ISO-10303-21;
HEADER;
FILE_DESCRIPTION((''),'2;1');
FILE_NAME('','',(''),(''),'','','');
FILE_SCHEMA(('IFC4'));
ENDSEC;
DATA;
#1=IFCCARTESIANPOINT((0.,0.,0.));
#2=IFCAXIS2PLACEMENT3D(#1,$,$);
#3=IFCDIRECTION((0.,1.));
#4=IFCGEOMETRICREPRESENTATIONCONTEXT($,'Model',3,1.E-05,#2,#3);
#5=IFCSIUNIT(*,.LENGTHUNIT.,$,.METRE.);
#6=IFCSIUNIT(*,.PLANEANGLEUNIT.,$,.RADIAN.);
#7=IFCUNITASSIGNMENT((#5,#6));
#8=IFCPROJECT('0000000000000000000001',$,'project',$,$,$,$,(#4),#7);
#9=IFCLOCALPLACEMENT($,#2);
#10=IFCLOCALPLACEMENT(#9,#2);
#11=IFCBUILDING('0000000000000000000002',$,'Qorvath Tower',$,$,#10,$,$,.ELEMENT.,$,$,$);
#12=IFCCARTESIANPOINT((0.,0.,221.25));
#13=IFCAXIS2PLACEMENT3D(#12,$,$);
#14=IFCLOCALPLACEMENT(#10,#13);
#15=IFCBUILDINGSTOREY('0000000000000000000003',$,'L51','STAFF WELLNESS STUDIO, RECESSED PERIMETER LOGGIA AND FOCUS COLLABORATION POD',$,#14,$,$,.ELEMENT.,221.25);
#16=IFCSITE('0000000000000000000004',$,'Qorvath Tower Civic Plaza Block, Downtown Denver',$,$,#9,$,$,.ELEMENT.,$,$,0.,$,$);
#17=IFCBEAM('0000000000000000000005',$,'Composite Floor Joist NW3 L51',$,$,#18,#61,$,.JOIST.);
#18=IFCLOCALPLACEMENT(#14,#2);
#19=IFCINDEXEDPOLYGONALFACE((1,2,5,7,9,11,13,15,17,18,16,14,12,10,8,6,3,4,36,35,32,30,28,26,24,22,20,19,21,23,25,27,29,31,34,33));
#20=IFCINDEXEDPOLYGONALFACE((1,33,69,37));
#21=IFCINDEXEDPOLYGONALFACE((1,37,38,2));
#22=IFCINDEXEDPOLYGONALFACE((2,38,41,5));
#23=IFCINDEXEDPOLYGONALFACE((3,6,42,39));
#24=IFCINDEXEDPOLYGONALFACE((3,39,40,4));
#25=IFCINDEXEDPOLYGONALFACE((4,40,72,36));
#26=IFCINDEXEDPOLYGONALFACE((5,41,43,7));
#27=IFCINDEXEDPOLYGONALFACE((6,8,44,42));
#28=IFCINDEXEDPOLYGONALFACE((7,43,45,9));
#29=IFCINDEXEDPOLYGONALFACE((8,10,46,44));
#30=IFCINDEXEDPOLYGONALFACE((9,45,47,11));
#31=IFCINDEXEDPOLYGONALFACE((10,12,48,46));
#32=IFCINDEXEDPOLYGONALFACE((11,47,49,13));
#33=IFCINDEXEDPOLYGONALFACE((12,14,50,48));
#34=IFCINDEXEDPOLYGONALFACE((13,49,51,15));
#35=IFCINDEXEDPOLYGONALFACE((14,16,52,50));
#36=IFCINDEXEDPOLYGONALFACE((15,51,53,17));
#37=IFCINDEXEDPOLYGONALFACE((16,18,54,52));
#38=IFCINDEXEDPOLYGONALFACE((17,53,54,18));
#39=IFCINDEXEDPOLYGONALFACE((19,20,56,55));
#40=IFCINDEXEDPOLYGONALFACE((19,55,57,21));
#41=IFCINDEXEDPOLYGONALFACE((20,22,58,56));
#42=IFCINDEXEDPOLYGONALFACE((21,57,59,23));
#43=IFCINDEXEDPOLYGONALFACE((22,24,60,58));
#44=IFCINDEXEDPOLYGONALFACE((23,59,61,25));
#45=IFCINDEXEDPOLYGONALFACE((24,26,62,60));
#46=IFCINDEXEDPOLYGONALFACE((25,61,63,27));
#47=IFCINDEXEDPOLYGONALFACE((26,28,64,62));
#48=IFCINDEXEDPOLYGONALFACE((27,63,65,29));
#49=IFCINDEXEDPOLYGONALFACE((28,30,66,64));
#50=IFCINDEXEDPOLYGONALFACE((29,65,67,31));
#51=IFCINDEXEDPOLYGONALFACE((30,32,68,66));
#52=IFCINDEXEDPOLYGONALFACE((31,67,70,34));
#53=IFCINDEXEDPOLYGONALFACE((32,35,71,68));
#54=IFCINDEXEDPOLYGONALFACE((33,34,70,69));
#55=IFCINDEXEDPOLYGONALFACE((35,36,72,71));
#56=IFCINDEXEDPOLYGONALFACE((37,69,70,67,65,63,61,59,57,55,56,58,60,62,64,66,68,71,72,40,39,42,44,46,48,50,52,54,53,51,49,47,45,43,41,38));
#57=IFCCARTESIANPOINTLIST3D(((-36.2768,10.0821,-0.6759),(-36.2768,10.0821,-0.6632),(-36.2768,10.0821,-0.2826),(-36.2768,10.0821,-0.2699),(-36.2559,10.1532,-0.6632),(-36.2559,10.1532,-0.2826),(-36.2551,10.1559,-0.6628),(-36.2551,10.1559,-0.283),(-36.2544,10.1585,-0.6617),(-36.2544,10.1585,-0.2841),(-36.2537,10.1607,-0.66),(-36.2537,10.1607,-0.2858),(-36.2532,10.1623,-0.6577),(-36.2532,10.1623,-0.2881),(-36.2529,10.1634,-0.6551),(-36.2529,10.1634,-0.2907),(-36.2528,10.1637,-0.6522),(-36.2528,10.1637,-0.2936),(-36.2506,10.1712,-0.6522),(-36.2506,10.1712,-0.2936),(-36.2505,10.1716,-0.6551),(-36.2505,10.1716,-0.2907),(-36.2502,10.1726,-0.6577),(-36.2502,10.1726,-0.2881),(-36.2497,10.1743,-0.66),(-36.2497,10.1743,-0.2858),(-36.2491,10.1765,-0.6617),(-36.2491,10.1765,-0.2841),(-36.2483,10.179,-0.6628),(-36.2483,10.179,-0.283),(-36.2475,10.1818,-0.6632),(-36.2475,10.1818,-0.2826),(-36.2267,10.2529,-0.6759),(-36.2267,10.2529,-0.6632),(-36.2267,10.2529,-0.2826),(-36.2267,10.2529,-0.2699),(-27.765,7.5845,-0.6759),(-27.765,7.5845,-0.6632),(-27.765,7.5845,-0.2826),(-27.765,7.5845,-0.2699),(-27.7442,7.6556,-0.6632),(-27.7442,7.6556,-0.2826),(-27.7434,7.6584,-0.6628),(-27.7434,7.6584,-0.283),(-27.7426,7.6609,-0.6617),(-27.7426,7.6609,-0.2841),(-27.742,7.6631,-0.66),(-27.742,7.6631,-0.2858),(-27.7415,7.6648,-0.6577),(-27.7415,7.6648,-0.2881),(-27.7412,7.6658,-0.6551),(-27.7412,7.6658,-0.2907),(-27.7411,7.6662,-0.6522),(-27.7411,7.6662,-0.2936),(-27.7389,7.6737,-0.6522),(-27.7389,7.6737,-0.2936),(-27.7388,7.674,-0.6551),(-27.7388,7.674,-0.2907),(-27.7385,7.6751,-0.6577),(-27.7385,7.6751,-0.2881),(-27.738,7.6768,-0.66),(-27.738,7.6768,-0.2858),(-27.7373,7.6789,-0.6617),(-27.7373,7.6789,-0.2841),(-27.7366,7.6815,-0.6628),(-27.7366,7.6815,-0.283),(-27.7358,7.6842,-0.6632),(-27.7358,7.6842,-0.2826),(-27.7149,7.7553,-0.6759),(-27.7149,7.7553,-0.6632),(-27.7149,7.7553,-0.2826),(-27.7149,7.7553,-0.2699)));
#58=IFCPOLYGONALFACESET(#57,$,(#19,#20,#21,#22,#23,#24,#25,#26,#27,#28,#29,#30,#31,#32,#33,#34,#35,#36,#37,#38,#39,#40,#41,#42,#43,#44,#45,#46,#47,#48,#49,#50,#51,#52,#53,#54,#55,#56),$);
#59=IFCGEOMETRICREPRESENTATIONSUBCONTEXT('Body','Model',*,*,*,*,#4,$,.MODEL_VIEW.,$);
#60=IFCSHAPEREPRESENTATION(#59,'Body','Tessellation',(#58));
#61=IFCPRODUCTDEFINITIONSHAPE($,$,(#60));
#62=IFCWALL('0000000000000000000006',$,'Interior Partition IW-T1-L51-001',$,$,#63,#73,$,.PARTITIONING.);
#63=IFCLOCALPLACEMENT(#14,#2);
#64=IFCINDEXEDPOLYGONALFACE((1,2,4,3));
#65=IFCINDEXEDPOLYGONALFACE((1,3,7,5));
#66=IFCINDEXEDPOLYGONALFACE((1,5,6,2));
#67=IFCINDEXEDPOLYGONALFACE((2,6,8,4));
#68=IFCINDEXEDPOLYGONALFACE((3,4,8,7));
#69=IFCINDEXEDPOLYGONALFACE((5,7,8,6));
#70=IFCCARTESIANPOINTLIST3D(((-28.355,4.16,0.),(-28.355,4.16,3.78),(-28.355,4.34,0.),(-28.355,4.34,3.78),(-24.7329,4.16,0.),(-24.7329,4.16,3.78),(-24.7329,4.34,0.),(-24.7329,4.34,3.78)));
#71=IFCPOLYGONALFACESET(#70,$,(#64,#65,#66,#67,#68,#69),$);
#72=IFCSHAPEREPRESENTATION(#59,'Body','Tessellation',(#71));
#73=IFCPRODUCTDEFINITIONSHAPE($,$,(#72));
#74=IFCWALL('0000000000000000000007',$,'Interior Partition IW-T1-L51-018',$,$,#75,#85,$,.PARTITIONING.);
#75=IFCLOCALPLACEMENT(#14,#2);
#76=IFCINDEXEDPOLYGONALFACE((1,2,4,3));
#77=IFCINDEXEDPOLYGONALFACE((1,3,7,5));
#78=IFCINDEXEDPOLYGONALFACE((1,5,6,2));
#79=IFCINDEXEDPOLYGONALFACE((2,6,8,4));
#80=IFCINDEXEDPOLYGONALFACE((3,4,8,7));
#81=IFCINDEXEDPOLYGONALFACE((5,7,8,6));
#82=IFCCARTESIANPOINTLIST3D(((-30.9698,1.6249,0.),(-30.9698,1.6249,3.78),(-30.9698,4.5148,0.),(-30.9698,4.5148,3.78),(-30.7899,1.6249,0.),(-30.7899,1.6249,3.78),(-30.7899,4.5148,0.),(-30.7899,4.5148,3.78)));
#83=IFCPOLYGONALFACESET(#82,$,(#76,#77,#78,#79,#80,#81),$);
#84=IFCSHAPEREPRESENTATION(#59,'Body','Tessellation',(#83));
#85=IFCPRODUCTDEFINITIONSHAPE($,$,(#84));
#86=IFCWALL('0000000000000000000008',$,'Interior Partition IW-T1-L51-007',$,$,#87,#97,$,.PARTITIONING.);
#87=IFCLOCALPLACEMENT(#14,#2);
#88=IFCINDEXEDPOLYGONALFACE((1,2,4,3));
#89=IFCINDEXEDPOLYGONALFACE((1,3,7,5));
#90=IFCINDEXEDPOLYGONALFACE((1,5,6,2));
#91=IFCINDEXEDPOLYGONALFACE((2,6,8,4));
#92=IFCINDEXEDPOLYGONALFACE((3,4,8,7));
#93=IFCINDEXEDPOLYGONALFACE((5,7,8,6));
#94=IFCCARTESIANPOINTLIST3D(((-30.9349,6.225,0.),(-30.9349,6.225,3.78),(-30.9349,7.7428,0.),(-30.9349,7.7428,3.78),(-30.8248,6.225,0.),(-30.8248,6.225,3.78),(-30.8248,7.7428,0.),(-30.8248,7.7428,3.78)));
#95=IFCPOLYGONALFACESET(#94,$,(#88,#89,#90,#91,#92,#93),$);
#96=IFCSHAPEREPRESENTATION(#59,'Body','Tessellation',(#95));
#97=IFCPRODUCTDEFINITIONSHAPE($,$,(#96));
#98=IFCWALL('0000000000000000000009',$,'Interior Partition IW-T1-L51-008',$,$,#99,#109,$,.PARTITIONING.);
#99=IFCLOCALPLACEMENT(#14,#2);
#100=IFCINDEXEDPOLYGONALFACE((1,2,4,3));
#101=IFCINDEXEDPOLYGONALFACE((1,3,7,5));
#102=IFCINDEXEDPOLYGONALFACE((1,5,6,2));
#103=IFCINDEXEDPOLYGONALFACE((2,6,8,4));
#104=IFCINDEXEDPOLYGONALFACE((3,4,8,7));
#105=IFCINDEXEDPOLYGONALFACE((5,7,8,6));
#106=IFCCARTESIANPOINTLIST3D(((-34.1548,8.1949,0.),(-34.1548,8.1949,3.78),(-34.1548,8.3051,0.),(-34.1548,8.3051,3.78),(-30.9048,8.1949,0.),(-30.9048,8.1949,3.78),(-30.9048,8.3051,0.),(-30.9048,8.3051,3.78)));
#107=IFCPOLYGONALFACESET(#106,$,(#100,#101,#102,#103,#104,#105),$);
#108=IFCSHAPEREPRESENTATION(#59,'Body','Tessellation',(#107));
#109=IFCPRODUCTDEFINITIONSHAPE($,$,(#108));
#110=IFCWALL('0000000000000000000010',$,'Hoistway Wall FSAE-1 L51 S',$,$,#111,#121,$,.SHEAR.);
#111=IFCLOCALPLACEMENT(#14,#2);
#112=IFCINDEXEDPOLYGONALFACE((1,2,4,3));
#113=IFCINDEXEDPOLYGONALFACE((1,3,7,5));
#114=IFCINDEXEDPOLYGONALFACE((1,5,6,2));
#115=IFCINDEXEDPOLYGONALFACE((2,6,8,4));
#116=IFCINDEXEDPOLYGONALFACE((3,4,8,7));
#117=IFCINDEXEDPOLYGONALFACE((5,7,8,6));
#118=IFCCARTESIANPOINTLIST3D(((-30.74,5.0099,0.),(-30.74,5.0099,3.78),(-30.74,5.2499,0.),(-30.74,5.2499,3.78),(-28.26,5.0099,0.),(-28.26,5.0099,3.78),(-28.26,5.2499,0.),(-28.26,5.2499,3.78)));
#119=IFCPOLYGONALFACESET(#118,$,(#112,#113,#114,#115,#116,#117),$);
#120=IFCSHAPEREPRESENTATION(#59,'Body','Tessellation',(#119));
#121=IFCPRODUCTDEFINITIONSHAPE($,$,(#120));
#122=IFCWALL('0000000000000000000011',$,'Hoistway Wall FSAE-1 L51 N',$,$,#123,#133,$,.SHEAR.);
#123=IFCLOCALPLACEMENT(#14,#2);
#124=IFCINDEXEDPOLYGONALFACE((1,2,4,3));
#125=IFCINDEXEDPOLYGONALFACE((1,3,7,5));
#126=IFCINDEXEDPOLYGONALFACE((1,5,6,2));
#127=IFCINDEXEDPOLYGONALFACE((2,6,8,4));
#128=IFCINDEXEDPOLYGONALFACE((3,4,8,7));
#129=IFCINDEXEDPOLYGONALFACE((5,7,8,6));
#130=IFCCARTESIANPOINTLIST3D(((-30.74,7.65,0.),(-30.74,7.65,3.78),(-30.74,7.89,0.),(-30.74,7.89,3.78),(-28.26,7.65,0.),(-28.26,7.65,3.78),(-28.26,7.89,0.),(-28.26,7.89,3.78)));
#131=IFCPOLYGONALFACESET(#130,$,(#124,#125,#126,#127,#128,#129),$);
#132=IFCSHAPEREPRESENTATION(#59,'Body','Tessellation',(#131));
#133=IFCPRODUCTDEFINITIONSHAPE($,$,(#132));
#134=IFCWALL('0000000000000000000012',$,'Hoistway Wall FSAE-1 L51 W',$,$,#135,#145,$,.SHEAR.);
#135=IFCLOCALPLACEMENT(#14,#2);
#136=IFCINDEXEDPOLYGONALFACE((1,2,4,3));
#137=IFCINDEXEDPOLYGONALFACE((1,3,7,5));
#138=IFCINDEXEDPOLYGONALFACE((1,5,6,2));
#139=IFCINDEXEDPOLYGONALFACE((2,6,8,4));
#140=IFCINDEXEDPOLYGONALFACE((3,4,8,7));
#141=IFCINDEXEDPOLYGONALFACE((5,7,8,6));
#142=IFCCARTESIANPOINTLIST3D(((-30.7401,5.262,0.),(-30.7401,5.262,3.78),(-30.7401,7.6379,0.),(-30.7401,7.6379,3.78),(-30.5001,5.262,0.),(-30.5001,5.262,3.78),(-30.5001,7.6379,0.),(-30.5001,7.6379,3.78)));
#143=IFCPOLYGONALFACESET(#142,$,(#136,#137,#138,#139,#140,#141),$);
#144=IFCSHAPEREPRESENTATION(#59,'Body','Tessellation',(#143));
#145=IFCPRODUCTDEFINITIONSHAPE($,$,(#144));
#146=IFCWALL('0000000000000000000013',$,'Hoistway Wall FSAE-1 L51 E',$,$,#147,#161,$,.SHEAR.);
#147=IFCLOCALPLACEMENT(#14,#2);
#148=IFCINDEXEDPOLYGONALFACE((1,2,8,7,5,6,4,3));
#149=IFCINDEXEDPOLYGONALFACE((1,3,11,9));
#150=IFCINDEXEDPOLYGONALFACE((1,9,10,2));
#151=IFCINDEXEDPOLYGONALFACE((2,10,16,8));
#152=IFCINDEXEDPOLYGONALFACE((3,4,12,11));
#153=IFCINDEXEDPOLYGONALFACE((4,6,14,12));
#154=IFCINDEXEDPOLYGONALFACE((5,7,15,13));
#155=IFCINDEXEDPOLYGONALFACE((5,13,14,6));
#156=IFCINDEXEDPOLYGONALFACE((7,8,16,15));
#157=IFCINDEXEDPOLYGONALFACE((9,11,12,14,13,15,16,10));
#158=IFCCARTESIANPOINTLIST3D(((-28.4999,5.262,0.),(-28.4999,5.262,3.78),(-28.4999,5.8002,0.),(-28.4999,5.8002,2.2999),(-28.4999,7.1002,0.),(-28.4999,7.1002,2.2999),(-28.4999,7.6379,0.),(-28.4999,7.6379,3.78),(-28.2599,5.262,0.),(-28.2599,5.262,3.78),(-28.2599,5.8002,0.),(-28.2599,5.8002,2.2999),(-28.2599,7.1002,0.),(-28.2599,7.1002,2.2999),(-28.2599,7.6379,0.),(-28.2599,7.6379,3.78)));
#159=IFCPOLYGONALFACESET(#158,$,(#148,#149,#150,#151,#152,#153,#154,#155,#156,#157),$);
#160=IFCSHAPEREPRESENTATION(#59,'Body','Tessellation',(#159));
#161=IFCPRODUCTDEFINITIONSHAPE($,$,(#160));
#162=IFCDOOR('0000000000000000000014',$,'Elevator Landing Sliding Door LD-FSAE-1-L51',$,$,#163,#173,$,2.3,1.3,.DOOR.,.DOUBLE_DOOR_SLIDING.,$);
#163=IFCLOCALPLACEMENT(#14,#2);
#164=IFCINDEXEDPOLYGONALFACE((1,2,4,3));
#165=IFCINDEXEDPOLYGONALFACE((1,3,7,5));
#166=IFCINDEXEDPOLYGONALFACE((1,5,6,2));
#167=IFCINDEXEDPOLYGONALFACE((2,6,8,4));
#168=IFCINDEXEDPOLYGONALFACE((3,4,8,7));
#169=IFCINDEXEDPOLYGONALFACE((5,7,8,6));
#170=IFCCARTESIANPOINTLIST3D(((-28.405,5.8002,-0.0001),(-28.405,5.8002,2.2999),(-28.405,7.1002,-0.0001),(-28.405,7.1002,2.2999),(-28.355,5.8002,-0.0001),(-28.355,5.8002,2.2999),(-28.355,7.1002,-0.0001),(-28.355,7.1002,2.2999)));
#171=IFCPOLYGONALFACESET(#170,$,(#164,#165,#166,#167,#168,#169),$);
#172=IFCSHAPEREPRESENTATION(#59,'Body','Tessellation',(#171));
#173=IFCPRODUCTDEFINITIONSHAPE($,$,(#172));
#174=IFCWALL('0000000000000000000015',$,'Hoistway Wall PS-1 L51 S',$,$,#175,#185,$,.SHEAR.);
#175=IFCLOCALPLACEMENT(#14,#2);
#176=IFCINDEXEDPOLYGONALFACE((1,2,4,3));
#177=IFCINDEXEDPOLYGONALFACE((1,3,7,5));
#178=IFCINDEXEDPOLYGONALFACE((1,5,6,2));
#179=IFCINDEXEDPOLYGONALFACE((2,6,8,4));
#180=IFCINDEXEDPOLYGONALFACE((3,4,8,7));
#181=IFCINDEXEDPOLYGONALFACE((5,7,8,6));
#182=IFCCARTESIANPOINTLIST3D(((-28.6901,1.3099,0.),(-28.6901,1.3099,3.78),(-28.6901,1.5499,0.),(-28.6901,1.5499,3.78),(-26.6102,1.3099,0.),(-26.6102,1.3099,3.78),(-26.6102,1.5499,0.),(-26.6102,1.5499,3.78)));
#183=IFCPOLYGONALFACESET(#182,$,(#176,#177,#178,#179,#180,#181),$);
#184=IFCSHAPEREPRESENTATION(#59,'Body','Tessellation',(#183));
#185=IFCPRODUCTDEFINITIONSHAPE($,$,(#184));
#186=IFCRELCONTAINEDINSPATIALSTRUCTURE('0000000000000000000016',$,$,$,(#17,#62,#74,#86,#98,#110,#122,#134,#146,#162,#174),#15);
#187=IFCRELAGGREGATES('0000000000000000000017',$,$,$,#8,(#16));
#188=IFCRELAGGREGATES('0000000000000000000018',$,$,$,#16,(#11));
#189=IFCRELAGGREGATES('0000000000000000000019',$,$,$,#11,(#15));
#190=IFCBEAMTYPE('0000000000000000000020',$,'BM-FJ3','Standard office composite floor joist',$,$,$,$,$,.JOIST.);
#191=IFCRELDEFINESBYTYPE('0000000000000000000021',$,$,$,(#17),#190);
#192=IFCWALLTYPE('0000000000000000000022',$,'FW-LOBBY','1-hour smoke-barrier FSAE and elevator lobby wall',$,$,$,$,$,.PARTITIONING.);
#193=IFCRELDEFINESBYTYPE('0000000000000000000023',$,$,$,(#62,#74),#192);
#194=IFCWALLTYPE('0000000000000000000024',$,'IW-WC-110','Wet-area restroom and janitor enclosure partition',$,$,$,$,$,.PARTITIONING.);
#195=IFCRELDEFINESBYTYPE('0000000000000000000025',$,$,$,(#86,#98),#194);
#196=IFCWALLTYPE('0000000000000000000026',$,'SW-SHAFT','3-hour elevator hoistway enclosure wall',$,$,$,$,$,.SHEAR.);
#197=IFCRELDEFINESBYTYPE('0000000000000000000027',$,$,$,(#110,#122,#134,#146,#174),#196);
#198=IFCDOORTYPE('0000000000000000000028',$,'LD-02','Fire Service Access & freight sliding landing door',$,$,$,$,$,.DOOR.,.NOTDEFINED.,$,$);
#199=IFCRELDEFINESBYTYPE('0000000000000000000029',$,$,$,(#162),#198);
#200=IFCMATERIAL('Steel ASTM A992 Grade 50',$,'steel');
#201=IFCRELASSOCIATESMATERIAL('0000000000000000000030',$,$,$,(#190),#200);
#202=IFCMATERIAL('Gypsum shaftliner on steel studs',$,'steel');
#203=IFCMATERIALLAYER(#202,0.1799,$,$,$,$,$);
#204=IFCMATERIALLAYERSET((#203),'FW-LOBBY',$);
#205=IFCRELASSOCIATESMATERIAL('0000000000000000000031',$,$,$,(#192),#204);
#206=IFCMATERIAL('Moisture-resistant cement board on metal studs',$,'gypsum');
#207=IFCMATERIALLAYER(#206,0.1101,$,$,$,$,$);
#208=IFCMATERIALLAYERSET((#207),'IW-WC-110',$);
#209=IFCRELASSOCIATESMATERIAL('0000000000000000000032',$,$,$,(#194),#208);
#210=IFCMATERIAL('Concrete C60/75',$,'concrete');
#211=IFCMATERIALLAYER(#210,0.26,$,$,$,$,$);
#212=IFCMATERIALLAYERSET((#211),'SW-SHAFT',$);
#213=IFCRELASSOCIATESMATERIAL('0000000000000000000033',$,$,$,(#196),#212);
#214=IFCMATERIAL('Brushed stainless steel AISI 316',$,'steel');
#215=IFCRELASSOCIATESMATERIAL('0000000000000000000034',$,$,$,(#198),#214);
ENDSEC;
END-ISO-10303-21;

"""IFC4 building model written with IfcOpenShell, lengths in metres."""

from ifc_helpers import new_model, si_unit, direction, frame, frame_2d, origin, origin_2d, place, context, subcontext, project, spatial, rectangle, i_section, extrude, material, layer, layer_set, material_profile, profile_set, type_object, element, fill, save


model = new_model("IFC4")

# Units and contexts
model_context = context("Model", 3, precision=1e-05, world=origin(), true_north=direction((0.0, 1.0)))
body_context = subcontext(model_context, "Body", "Model", "MODEL_VIEW")
ifc_project = project(units=[si_unit("LENGTHUNIT", "METRE"), si_unit("PLANEANGLEUNIT", "RADIAN")], contexts=[model_context])

# Site, building, storey
site_placement = place(None, origin())
site = spatial("IfcSite", under=ifc_project, at=site_placement, Name="Qorvath Tower Civic Plaza Block, Downtown Denver", CompositionType="ELEMENT", RefElevation=0.0)
building_placement = place(site_placement, origin())
building = spatial("IfcBuilding", under=site, at=building_placement, Name="Qorvath Tower", CompositionType="ELEMENT")
storey_placement = place(building_placement, frame((0.0, 0.0, 221.25)))
storey = spatial("IfcBuildingStorey", under=building, at=storey_placement, Name="L51", Description="STAFF WELLNESS STUDIO, RECESSED PERIMETER LOGGIA AND FOCUS COLLABORATION POD", CompositionType="ELEMENT", Elevation=221.25)

# Beam
ifc_material_1 = material(Name="Steel ASTM A992 Grade 50", Category="steel")
ifc_material_profile_1 = material_profile(ifc_material_1, i_section(OverallWidth=0.178, OverallDepth=0.406, WebThickness=0.0078, FlangeThickness=0.0127, FilletRadius=0.011, at=origin_2d()), Name="W16x40")
ifc_profile_set_1 = profile_set([ifc_material_profile_1], Name="Steel ASTM A992 Grade 50")
beam_type_1 = type_object("IfcBeamType", Name="BM-FJ3", Description="Standard office composite floor joist", PredefinedType="JOIST", material=ifc_profile_set_1)
beam_1_placement = place(storey_placement, frame((-27.74, 7.6699, -0.4729), z_axis=(-0.959545, 0.281555, 0.0), x_axis=(-0.281555, -0.959545, 0.0)))
element("IfcBeam", 1, at=beam_1_placement, inside=storey, type_object=beam_type_1, Name="Composite Floor Joist NW3 L51", PredefinedType="JOIST", context=body_context, shape_type="SweptSolid", body=[
    extrude(i_section(OverallWidth=0.178, OverallDepth=0.406, WebThickness=0.0078, FlangeThickness=0.0127, FilletRadius=0.011, at=origin_2d()), origin(), (0.0, 0.0, 1.0), 8.8706),
])

# Walls
ifc_material_2 = material(Name="Gypsum shaftliner on steel studs", Category="steel")
ifc_layer_1 = layer(ifc_material_2, 0.1799)
ifc_layer_set_1 = layer_set([ifc_layer_1], Name="FW-LOBBY")
wall_type_1 = type_object("IfcWallType", Name="FW-LOBBY", Description="1-hour smoke-barrier FSAE and elevator lobby wall", PredefinedType="PARTITIONING", material=ifc_layer_set_1)
wall_1_placement = place(storey_placement, frame((-28.355, 4.25, 0.0), z_axis=(0.0, 0.0, 1.0), x_axis=(1.0, 0.0, 0.0)))
element("IfcWall", 2, at=wall_1_placement, inside=storey, type_object=wall_type_1, Name="Interior Partition IW-T1-L51-001", PredefinedType="PARTITIONING", context=body_context, shape_type="SweptSolid", body=[
    extrude(rectangle(XDim=3.6221, YDim=0.1799, at=frame_2d((1.811, 0.0))), origin(), (0.0, 0.0, 1.0), 3.78),
])
wall_2_placement = place(storey_placement, frame((-30.8799, 1.625, 0.0), z_axis=(0.0, 0.0, 1.0), x_axis=(0.0, 1.0, 0.0)))
element("IfcWall", 3, at=wall_2_placement, inside=storey, type_object=wall_type_1, Name="Interior Partition IW-T1-L51-018", PredefinedType="PARTITIONING", context=body_context, shape_type="SweptSolid", body=[
    extrude(rectangle(XDim=2.8899, YDim=0.1799, at=frame_2d((1.4448, 0.0))), origin(), (0.0, 0.0, 1.0), 3.78),
])
ifc_material_3 = material(Name="Moisture-resistant cement board on metal studs", Category="gypsum")
ifc_layer_2 = layer(ifc_material_3, 0.1101)
ifc_layer_set_2 = layer_set([ifc_layer_2], Name="IW-WC-110")
wall_type_2 = type_object("IfcWallType", Name="IW-WC-110", Description="Wet-area restroom and janitor enclosure partition", PredefinedType="PARTITIONING", material=ifc_layer_set_2)
wall_3_placement = place(storey_placement, frame((-30.8799, 6.2251, 0.0), z_axis=(0.0, 0.0, 1.0), x_axis=(0.0, 1.0, 0.0)))
element("IfcWall", 4, at=wall_3_placement, inside=storey, type_object=wall_type_2, Name="Interior Partition IW-T1-L51-007", PredefinedType="PARTITIONING", context=body_context, shape_type="SweptSolid", body=[
    extrude(rectangle(XDim=1.5178, YDim=0.1101, at=frame_2d((0.7588, 0.0))), origin(), (0.0, 0.0, 1.0), 3.78),
])
wall_4_placement = place(storey_placement, frame((-30.9048, 8.25, 0.0), z_axis=(0.0, 0.0, 1.0), x_axis=(-1.0, 0.0, 0.0)))
element("IfcWall", 5, at=wall_4_placement, inside=storey, type_object=wall_type_2, Name="Interior Partition IW-T1-L51-008", PredefinedType="PARTITIONING", context=body_context, shape_type="SweptSolid", body=[
    extrude(rectangle(XDim=3.25, YDim=0.1101, at=frame_2d((1.625, 0.0))), origin(), (0.0, 0.0, 1.0), 3.78),
])
ifc_material_4 = material(Name="Concrete C60/75", Category="concrete")
ifc_layer_3 = layer(ifc_material_4, 0.26)
ifc_layer_set_3 = layer_set([ifc_layer_3], Name="SW-SHAFT")
wall_type_3 = type_object("IfcWallType", Name="SW-SHAFT", Description="3-hour elevator hoistway enclosure wall", PredefinedType="SHEAR", material=ifc_layer_set_3)
for number, where, z_axis, x_axis, name in (
    (6, (-28.26, 5.1299, 0.0), (0.0, 0.0, 1.0), (-1.0, 0.0, 0.0), "Hoistway Wall FSAE-1 L51 S"),
    (7, (-30.74, 7.77, 0.0), (0.0, 0.0, 1.0), (1.0, 0.0, 0.0), "Hoistway Wall FSAE-1 L51 N"),
):
    element("IfcWall", number, at=place(storey_placement, frame(where, z_axis=z_axis, x_axis=x_axis)), inside=storey, type_object=wall_type_3, Name=name, PredefinedType="SHEAR", context=body_context, shape_type="SweptSolid", body=[
        extrude(rectangle(XDim=2.48, YDim=0.24, at=frame_2d((1.24, 0.0))), origin(), (0.0, 0.0, 1.0), 3.78),
    ])
wall_5_placement = place(storey_placement, frame((-30.6201, 5.262, 0.0), z_axis=(0.0, 0.0, 1.0), x_axis=(0.0, 1.0, 0.0)))
element("IfcWall", 8, at=wall_5_placement, inside=storey, type_object=wall_type_3, Name="Hoistway Wall FSAE-1 L51 W", PredefinedType="SHEAR", context=body_context, shape_type="SweptSolid", body=[
    extrude(rectangle(XDim=2.376, YDim=0.24, at=frame_2d((1.188, 0.0))), origin(), (0.0, 0.0, 1.0), 3.78),
])

# Wall, opening, door
wall_6_placement = place(storey_placement, frame((-28.3799, 7.6379, 0.0), z_axis=(0.0, 0.0, 1.0), x_axis=(0.0, -1.0, 0.0)))
wall_6 = element("IfcWall", 9, at=wall_6_placement, inside=storey, type_object=wall_type_3, Name="Hoistway Wall FSAE-1 L51 E", PredefinedType="SHEAR", context=body_context, shape_type="SweptSolid", body=[
    extrude(rectangle(XDim=2.376, YDim=0.24, at=frame_2d((1.188, 0.0))), origin(), (0.0, 0.0, 1.0), 3.78),
])
opening_placement = place(wall_6_placement, frame((0.5378, 0.0, 0.0)))
opening = element("IfcOpeningElement", 10, at=opening_placement, cuts=wall_6, PredefinedType="OPENING", context=body_context, shape_type="SweptSolid", body=[
    extrude(rectangle(XDim=1.3, YDim=2.3, at=frame_2d((0.6499, 1.1499))), frame((0.0, 0.1299, 0.0), z_axis=(0.0, -1.0, 0.0), x_axis=(1.0, 0.0, 0.0)), (0.0, 0.0, 1.0), 0.26),
])
ifc_material_5 = material(Name="Brushed stainless steel AISI 316", Category="steel")
door_type = type_object("IfcDoorType", Name="LD-02", Description="Fire Service Access & freight sliding landing door", OperationType="NOTDEFINED", PredefinedType="DOOR", material=ifc_material_5)
door_placement = place(opening_placement, origin())
door = element("IfcDoor", 11, at=door_placement, inside=storey, type_object=door_type, Name="Elevator Landing Sliding Door LD-FSAE-1-L51", OperationType="DOUBLE_DOOR_SLIDING", OverallHeight=2.3, OverallWidth=1.3, PredefinedType="DOOR", context=body_context, shape_type="SweptSolid", body=[
    extrude(rectangle(XDim=1.3, YDim=2.3, at=frame_2d((0.6499, 1.1499))), frame((0.0, 0.0249, 0.0), z_axis=(0.0, -1.0, 0.0), x_axis=(1.0, 0.0, 0.0)), (0.0, 0.0, 1.0), 0.05),
])
fill(opening, door)

# Wall
for number, where, z_axis, x_axis, name in (
    (12, (-26.6101, 1.4299, 0.0), (0.0, 0.0, 1.0), (-1.0, 0.0, 0.0), "Hoistway Wall PS-1 L51 S"),
):
    element("IfcWall", number, at=place(storey_placement, frame(where, z_axis=z_axis, x_axis=x_axis)), inside=storey, type_object=wall_type_3, Name=name, PredefinedType="SHEAR", context=body_context, shape_type="SweptSolid", body=[
        extrude(rectangle(XDim=2.0798, YDim=0.24, at=frame_2d((1.04, 0.0))), origin(), (0.0, 0.0, 1.0), 3.78),
    ])

save(model, "model.ifc")
